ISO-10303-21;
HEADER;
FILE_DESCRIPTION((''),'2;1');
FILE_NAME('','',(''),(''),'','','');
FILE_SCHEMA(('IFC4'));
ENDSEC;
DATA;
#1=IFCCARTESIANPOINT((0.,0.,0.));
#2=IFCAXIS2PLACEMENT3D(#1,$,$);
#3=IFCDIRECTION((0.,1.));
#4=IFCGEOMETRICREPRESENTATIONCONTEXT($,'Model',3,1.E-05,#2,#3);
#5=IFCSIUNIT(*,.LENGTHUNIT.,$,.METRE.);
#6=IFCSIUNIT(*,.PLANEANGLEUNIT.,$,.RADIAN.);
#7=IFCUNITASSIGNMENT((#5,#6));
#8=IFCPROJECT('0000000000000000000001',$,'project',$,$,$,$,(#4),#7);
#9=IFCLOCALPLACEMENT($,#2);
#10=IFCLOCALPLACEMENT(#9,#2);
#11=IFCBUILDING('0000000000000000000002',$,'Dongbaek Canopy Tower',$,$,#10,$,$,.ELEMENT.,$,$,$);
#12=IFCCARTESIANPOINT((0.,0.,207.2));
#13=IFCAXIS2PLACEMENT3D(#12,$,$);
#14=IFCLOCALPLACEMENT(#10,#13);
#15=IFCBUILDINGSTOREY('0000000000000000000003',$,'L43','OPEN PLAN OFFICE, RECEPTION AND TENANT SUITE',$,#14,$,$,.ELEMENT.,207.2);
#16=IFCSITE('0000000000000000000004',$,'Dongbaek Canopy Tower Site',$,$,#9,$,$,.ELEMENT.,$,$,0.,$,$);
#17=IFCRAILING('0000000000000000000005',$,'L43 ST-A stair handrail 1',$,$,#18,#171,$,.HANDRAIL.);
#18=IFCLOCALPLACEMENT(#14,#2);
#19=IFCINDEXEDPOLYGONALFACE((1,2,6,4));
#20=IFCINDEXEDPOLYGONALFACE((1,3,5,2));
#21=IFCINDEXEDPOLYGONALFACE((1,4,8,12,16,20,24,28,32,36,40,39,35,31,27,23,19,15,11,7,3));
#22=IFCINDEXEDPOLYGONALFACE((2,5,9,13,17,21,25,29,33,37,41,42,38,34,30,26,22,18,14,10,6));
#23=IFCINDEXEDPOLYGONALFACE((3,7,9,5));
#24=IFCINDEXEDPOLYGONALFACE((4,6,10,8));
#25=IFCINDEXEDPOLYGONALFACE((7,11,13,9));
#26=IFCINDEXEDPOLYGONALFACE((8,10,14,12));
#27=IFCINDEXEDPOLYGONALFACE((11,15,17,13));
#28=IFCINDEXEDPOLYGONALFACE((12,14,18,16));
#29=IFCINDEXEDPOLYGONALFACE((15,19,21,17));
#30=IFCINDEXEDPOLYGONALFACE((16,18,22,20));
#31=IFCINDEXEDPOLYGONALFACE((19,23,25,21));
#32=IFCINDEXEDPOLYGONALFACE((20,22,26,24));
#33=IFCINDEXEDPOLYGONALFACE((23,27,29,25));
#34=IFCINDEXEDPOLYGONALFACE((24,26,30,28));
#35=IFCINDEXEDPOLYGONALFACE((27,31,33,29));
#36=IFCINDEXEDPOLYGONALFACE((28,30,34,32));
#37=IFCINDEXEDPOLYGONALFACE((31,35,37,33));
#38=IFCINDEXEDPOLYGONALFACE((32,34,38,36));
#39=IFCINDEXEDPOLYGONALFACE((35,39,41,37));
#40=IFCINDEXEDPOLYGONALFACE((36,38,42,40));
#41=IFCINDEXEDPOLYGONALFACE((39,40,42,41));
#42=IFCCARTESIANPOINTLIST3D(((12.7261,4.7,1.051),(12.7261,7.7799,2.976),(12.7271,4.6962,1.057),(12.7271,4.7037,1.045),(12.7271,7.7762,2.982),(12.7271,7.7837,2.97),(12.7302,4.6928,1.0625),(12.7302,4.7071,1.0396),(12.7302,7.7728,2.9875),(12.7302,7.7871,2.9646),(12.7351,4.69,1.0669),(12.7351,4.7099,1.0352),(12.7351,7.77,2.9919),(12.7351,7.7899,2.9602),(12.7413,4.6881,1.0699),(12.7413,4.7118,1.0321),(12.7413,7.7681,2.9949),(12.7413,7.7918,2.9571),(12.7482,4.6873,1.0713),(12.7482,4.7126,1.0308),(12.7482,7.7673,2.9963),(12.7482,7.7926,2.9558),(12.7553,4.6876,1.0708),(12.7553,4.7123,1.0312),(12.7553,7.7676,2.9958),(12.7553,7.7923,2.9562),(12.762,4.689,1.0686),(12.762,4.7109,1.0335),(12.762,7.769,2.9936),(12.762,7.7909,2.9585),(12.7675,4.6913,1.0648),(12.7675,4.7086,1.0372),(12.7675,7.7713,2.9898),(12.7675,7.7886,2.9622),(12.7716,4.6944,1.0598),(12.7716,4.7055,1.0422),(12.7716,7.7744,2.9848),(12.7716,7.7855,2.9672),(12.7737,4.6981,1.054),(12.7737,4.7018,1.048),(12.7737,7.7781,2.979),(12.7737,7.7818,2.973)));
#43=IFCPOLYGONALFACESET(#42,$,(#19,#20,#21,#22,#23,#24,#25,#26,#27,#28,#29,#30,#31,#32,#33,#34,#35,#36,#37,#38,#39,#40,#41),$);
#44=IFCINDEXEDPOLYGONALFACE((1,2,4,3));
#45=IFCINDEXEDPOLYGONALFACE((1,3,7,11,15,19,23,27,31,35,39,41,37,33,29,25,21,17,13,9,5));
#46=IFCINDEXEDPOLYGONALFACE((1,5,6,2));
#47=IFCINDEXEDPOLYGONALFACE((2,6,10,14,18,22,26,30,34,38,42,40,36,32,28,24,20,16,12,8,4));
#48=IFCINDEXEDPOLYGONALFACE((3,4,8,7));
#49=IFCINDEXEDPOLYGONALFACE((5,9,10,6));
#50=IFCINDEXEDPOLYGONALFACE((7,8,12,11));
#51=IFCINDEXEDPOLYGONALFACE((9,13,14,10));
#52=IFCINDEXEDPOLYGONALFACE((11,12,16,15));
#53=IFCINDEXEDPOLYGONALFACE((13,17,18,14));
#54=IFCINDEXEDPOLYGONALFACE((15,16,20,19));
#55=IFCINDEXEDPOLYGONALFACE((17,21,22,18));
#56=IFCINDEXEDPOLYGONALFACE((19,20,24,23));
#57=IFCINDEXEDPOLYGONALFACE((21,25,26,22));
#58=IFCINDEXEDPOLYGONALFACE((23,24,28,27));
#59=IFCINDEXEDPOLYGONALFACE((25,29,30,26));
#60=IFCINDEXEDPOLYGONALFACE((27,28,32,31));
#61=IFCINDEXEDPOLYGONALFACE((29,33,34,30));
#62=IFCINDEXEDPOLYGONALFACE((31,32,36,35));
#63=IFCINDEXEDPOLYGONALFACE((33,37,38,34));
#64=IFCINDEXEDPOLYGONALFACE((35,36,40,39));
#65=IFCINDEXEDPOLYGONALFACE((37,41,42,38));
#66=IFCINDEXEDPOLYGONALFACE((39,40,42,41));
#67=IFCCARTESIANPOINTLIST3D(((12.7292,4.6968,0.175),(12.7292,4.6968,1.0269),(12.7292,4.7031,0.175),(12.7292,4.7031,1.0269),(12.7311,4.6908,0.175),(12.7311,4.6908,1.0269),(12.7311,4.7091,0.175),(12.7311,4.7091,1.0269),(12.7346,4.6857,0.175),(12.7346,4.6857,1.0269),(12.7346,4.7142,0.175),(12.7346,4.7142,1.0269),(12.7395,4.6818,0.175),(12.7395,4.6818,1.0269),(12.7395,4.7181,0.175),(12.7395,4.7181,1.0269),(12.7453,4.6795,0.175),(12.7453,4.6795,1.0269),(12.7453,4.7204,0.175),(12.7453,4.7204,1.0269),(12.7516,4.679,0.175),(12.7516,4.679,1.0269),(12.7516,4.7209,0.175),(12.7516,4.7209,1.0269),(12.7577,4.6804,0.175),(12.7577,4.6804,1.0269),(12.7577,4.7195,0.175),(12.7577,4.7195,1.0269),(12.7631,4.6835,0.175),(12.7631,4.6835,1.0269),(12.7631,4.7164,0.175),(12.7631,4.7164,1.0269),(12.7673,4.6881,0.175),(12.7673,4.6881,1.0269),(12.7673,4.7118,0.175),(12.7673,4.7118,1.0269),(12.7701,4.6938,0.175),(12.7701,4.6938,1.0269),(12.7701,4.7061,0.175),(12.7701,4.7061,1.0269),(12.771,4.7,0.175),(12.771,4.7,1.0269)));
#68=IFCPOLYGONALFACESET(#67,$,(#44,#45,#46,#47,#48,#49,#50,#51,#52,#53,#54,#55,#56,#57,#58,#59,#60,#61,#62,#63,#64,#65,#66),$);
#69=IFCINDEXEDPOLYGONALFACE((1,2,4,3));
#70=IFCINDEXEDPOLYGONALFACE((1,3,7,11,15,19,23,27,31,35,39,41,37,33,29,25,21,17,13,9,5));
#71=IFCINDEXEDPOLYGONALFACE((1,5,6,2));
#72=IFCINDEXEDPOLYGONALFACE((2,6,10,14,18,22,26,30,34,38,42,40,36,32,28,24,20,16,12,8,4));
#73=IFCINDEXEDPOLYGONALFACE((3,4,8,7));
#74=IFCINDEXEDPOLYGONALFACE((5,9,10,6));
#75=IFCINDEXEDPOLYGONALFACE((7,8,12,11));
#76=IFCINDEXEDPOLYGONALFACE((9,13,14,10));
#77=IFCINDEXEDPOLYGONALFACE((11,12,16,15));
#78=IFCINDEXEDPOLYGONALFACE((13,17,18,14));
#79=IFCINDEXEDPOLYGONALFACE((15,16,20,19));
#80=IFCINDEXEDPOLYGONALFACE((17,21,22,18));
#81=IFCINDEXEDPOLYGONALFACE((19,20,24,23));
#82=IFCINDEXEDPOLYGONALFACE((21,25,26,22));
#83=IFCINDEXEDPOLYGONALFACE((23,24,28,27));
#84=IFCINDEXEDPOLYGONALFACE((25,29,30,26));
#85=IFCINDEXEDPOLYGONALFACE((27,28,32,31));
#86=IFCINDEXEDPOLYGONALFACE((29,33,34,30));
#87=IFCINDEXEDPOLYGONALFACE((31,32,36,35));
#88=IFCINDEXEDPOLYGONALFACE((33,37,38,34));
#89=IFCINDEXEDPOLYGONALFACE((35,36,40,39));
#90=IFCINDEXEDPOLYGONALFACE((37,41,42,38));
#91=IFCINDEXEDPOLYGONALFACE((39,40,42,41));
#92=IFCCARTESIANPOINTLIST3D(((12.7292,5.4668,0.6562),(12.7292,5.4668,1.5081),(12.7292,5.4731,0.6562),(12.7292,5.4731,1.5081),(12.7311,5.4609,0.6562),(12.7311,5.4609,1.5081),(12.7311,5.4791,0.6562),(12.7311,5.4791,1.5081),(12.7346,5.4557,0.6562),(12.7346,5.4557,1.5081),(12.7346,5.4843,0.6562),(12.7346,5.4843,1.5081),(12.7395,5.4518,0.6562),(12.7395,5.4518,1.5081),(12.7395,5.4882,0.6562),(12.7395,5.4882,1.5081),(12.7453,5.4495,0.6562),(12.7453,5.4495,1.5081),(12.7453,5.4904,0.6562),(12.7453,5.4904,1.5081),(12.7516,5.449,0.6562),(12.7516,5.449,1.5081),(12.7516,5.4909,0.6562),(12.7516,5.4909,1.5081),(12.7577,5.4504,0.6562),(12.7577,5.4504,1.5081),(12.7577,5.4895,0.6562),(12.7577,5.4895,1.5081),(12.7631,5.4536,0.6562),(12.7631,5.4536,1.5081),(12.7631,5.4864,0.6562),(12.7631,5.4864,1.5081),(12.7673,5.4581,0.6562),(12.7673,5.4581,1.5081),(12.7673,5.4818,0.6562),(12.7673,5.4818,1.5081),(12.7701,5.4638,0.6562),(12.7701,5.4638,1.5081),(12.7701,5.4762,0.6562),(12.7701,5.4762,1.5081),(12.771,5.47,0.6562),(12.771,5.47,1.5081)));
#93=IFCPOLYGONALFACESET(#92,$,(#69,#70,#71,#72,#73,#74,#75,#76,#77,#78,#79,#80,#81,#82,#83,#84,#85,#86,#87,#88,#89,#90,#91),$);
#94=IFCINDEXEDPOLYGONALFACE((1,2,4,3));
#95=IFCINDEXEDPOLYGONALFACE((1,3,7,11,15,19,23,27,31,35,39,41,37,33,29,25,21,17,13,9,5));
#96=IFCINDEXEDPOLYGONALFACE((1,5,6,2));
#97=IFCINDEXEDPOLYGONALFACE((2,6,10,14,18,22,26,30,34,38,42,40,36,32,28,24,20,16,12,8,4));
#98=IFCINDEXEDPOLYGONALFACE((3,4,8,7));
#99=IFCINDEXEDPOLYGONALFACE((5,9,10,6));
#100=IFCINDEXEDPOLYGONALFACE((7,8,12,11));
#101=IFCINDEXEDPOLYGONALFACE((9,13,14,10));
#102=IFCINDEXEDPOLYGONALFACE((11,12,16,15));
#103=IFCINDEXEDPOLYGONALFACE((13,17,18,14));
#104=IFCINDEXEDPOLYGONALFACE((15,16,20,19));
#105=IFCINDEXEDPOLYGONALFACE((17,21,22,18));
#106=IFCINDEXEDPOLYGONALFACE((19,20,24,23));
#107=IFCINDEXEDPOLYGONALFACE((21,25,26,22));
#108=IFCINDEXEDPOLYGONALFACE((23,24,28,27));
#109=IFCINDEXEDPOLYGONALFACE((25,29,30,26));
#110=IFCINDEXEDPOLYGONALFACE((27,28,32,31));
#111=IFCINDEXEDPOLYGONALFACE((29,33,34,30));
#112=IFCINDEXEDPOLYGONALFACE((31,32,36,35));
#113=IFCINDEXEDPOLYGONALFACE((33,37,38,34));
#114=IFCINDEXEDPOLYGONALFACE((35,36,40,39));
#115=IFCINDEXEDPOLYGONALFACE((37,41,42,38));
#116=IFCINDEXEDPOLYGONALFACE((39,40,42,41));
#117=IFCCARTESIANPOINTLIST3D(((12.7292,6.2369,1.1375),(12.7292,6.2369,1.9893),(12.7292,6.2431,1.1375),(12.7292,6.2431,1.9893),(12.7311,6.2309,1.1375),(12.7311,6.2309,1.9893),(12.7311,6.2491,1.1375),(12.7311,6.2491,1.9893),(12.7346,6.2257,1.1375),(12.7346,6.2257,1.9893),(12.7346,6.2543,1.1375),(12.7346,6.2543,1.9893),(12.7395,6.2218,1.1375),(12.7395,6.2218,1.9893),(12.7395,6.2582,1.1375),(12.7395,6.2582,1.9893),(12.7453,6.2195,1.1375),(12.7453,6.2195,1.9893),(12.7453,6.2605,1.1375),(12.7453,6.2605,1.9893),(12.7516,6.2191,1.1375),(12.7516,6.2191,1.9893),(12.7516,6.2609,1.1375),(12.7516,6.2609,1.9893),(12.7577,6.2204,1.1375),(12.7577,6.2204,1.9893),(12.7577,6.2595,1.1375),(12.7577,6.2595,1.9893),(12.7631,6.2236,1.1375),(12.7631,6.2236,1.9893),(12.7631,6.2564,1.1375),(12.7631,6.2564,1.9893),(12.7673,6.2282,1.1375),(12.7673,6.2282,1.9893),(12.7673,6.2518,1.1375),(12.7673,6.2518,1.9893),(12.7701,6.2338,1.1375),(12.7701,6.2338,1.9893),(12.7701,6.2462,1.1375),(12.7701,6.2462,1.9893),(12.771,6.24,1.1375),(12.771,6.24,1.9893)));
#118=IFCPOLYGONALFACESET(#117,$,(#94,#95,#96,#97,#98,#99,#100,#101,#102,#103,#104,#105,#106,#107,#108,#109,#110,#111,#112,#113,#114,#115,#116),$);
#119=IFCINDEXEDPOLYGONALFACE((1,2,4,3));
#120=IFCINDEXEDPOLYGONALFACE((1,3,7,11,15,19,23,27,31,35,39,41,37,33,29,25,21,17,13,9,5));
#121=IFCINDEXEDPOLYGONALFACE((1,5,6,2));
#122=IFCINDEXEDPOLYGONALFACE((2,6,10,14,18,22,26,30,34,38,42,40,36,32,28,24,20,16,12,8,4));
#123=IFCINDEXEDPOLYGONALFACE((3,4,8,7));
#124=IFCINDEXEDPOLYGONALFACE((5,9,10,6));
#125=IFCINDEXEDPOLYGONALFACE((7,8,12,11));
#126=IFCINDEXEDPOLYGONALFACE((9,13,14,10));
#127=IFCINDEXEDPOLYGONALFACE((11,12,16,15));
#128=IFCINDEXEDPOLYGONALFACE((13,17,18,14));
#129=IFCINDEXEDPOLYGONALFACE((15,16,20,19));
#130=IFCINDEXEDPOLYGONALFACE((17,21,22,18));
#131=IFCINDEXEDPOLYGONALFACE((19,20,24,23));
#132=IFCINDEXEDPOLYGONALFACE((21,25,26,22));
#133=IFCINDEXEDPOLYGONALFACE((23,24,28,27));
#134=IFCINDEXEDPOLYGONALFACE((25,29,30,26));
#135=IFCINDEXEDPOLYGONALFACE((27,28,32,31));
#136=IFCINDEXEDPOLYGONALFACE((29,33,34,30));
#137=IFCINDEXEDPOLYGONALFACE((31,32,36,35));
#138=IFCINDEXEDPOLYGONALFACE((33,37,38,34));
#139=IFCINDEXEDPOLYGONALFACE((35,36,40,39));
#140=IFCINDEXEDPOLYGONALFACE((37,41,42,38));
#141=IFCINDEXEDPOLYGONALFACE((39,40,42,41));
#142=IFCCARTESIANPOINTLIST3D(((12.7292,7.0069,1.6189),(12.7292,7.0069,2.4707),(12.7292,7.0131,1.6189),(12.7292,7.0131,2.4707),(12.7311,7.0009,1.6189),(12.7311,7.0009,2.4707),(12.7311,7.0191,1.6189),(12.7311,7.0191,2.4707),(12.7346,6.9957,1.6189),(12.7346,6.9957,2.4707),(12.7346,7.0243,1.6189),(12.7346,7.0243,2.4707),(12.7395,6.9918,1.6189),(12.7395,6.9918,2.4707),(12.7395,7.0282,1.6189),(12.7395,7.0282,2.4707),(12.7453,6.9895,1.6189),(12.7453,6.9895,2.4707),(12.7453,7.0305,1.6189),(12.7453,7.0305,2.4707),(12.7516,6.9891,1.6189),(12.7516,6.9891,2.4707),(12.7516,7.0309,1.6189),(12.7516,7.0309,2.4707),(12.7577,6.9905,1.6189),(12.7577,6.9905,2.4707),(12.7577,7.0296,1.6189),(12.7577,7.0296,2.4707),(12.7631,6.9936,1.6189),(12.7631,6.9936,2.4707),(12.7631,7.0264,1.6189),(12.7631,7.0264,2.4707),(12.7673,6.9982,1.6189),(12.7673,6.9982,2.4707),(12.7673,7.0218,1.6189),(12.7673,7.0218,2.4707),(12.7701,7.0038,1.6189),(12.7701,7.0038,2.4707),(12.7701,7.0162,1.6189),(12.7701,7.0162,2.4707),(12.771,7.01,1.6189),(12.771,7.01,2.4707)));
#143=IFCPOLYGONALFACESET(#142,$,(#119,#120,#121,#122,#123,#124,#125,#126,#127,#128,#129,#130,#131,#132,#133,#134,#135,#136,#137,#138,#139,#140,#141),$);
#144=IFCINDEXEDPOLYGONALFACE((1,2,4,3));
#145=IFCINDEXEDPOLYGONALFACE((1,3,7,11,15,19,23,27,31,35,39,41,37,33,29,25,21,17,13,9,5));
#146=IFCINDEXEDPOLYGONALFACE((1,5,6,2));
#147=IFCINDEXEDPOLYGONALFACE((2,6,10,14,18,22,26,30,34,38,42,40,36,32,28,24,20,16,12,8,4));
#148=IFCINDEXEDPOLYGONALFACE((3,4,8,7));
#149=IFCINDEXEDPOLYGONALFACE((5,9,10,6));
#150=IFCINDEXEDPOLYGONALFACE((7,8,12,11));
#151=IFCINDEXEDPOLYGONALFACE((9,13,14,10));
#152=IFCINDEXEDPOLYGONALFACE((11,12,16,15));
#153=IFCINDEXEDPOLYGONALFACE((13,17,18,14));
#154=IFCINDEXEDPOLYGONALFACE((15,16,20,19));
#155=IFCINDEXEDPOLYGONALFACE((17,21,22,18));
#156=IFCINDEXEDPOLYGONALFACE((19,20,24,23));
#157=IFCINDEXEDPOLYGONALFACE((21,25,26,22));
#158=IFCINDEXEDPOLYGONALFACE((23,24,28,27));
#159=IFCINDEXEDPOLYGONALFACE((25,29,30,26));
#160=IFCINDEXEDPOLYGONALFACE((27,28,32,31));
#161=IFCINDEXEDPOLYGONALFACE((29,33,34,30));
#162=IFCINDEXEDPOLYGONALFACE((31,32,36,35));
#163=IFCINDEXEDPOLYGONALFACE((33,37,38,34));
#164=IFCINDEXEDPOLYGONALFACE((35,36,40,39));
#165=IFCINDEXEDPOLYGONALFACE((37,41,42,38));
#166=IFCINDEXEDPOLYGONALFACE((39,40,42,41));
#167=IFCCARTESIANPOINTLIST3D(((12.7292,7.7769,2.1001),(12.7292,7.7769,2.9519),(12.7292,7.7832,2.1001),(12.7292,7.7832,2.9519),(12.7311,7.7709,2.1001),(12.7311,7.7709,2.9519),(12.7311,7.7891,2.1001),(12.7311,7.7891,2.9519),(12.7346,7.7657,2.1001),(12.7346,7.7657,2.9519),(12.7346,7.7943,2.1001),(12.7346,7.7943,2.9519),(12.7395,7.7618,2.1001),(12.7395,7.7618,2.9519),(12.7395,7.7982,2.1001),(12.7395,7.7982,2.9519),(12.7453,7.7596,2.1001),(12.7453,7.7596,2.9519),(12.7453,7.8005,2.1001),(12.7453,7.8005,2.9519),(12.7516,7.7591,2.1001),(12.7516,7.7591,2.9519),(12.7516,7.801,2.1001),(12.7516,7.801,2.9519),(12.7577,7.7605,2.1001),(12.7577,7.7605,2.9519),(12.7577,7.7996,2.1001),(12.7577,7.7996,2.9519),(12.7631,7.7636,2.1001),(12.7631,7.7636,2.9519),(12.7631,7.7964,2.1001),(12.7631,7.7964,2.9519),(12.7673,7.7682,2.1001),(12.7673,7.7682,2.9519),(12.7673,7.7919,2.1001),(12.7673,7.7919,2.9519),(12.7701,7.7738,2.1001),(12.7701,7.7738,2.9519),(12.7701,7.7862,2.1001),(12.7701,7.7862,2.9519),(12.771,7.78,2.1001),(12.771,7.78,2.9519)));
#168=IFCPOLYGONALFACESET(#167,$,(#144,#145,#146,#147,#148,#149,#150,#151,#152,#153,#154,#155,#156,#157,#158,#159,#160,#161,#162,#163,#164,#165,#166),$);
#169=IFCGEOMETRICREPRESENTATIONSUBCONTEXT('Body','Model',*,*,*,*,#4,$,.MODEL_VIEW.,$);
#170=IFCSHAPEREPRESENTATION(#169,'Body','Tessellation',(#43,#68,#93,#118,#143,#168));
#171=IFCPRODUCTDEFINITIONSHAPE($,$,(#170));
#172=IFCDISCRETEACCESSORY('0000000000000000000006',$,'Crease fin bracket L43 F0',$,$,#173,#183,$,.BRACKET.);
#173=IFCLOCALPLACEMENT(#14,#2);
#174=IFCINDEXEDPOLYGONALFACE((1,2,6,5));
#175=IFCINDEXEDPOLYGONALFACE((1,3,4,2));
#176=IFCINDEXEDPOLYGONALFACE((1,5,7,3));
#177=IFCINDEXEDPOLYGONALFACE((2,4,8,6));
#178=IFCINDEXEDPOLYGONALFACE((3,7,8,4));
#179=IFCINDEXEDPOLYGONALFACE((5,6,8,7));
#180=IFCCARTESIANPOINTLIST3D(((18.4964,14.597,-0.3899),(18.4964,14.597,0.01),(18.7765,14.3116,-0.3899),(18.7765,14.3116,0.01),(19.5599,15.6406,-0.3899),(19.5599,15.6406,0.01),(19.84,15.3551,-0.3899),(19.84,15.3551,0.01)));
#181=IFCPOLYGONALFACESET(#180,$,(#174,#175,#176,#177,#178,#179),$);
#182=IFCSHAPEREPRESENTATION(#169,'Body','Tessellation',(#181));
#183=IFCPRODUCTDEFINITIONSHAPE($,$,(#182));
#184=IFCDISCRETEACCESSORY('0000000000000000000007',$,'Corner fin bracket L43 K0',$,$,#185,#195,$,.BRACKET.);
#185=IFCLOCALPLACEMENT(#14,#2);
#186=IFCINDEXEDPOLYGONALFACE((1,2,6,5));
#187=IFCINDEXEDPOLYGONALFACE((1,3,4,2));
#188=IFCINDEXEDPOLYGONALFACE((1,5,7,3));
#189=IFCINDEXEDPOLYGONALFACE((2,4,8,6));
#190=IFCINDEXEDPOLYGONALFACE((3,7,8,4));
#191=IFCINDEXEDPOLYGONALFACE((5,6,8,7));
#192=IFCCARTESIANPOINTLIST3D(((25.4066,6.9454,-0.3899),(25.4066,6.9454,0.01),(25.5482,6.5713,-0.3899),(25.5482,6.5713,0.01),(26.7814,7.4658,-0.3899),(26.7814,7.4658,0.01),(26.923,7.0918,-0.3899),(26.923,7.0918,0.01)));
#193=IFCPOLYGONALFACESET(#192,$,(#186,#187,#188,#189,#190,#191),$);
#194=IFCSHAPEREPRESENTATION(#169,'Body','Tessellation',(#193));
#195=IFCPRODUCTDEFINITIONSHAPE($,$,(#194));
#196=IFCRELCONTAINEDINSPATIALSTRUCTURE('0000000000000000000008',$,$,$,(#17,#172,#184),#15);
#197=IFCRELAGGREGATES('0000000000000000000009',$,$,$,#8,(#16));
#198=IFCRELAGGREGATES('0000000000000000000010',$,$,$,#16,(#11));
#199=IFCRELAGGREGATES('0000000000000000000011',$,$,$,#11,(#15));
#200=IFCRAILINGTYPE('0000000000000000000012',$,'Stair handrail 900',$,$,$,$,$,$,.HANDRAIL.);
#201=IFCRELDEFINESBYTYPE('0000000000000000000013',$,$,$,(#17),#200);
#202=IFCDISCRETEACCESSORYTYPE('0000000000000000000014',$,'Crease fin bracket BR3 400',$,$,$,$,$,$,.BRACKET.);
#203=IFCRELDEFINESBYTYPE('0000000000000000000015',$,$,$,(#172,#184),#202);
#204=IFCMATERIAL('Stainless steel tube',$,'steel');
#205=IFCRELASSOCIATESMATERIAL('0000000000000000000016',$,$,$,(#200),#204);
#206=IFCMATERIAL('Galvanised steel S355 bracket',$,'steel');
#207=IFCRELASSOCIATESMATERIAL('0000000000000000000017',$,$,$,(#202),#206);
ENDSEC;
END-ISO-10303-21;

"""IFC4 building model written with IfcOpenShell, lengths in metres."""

from ifc_helpers import new_model, si_unit, direction, frame, origin, origin_2d, place, context, subcontext, project, spatial, rectangle, circle, extrude, material, type_object, element, save


model = new_model("IFC4")

# Units and contexts
model_context = context("Model", 3, precision=1e-05, world=origin(), true_north=direction((0.0, 1.0)))
body_context = subcontext(model_context, "Body", "Model", "MODEL_VIEW")
ifc_project = project(units=[si_unit("LENGTHUNIT", "METRE"), si_unit("PLANEANGLEUNIT", "RADIAN")], contexts=[model_context])

# Site, building, storey
site_placement = place(None, origin())
site = spatial("IfcSite", under=ifc_project, at=site_placement, Name="Dongbaek Canopy Tower Site", CompositionType="ELEMENT", RefElevation=0.0)
building_placement = place(site_placement, origin())
building = spatial("IfcBuilding", under=site, at=building_placement, Name="Dongbaek Canopy Tower", CompositionType="ELEMENT")
storey_placement = place(building_placement, frame((0.0, 0.0, 207.2)))
storey = spatial("IfcBuildingStorey", under=building, at=storey_placement, Name="L43", Description="OPEN PLAN OFFICE, RECEPTION AND TENANT SUITE", CompositionType="ELEMENT", Elevation=207.2)

# Railing
ifc_material_1 = material(Name="Stainless steel tube", Category="steel")
railing_type = type_object("IfcRailingType", Name="Stair handrail 900", PredefinedType="HANDRAIL", material=ifc_material_1)
railing_placement = place(storey_placement, frame((12.75, 4.7, 0.175)))
element("IfcRailing", 1, at=railing_placement, inside=storey, type_object=railing_type, Name="L43 ST-A stair handrail 1", PredefinedType="HANDRAIL", context=body_context, shape_type="SweptSolid", body=[
    extrude(circle(Radius=0.0239, at=origin_2d()), frame((0.0, 0.0, 0.876), z_axis=(0.0, 0.847998, 0.529999), x_axis=(-1.0, 0.0, 0.0)), (0.0, 0.0, 1.0), 3.6321),
    extrude(circle(Radius=0.021, at=origin_2d()), origin(), (0.0, 0.0, 1.0), 0.8518),
    extrude(circle(Radius=0.021, at=origin_2d()), frame((0.0, 0.77, 0.4812)), (0.0, 0.0, 1.0), 0.8518),
    extrude(circle(Radius=0.021, at=origin_2d()), frame((0.0, 1.54, 0.9624)), (0.0, 0.0, 1.0), 0.8518),
    extrude(circle(Radius=0.021, at=origin_2d()), frame((0.0, 2.3101, 1.4438)), (0.0, 0.0, 1.0), 0.8518),
    extrude(circle(Radius=0.021, at=origin_2d()), frame((0.0, 3.0801, 1.925)), (0.0, 0.0, 1.0), 0.8518),
])

# Discrete accessories
ifc_material_2 = material(Name="Galvanised steel S355 bracket", Category="steel")
discrete_accessory_type = type_object("IfcDiscreteAccessoryType", Name="Crease fin bracket BR3 400", PredefinedType="BRACKET", material=ifc_material_2)
discrete_accessory_1_placement = place(storey_placement, frame((19.1682, 14.9761, -0.3899), z_axis=(0.0, 0.0, 1.0), x_axis=(0.713782, 0.700368, 0.0)))
element("IfcDiscreteAccessory", 2, at=discrete_accessory_1_placement, inside=storey, type_object=discrete_accessory_type, Name="Crease fin bracket L43 F0", PredefinedType="BRACKET", context=body_context, shape_type="SweptSolid", body=[
    extrude(rectangle(XDim=1.49, YDim=0.3999, at=origin_2d()), origin(), (0.0, 0.0, 1.0), 0.3999),
])
discrete_accessory_2_placement = place(storey_placement, frame((26.1648, 7.0186, -0.3899), z_axis=(0.0, 0.0, 1.0), x_axis=(0.935235, 0.354027, 0.0)))
element("IfcDiscreteAccessory", 3, at=discrete_accessory_2_placement, inside=storey, type_object=discrete_accessory_type, Name="Corner fin bracket L43 K0", PredefinedType="BRACKET", context=body_context, shape_type="SweptSolid", body=[
    extrude(rectangle(XDim=1.47, YDim=0.3999, at=origin_2d()), origin(), (0.0, 0.0, 1.0), 0.3999),
])

save(model, "model.ifc")
